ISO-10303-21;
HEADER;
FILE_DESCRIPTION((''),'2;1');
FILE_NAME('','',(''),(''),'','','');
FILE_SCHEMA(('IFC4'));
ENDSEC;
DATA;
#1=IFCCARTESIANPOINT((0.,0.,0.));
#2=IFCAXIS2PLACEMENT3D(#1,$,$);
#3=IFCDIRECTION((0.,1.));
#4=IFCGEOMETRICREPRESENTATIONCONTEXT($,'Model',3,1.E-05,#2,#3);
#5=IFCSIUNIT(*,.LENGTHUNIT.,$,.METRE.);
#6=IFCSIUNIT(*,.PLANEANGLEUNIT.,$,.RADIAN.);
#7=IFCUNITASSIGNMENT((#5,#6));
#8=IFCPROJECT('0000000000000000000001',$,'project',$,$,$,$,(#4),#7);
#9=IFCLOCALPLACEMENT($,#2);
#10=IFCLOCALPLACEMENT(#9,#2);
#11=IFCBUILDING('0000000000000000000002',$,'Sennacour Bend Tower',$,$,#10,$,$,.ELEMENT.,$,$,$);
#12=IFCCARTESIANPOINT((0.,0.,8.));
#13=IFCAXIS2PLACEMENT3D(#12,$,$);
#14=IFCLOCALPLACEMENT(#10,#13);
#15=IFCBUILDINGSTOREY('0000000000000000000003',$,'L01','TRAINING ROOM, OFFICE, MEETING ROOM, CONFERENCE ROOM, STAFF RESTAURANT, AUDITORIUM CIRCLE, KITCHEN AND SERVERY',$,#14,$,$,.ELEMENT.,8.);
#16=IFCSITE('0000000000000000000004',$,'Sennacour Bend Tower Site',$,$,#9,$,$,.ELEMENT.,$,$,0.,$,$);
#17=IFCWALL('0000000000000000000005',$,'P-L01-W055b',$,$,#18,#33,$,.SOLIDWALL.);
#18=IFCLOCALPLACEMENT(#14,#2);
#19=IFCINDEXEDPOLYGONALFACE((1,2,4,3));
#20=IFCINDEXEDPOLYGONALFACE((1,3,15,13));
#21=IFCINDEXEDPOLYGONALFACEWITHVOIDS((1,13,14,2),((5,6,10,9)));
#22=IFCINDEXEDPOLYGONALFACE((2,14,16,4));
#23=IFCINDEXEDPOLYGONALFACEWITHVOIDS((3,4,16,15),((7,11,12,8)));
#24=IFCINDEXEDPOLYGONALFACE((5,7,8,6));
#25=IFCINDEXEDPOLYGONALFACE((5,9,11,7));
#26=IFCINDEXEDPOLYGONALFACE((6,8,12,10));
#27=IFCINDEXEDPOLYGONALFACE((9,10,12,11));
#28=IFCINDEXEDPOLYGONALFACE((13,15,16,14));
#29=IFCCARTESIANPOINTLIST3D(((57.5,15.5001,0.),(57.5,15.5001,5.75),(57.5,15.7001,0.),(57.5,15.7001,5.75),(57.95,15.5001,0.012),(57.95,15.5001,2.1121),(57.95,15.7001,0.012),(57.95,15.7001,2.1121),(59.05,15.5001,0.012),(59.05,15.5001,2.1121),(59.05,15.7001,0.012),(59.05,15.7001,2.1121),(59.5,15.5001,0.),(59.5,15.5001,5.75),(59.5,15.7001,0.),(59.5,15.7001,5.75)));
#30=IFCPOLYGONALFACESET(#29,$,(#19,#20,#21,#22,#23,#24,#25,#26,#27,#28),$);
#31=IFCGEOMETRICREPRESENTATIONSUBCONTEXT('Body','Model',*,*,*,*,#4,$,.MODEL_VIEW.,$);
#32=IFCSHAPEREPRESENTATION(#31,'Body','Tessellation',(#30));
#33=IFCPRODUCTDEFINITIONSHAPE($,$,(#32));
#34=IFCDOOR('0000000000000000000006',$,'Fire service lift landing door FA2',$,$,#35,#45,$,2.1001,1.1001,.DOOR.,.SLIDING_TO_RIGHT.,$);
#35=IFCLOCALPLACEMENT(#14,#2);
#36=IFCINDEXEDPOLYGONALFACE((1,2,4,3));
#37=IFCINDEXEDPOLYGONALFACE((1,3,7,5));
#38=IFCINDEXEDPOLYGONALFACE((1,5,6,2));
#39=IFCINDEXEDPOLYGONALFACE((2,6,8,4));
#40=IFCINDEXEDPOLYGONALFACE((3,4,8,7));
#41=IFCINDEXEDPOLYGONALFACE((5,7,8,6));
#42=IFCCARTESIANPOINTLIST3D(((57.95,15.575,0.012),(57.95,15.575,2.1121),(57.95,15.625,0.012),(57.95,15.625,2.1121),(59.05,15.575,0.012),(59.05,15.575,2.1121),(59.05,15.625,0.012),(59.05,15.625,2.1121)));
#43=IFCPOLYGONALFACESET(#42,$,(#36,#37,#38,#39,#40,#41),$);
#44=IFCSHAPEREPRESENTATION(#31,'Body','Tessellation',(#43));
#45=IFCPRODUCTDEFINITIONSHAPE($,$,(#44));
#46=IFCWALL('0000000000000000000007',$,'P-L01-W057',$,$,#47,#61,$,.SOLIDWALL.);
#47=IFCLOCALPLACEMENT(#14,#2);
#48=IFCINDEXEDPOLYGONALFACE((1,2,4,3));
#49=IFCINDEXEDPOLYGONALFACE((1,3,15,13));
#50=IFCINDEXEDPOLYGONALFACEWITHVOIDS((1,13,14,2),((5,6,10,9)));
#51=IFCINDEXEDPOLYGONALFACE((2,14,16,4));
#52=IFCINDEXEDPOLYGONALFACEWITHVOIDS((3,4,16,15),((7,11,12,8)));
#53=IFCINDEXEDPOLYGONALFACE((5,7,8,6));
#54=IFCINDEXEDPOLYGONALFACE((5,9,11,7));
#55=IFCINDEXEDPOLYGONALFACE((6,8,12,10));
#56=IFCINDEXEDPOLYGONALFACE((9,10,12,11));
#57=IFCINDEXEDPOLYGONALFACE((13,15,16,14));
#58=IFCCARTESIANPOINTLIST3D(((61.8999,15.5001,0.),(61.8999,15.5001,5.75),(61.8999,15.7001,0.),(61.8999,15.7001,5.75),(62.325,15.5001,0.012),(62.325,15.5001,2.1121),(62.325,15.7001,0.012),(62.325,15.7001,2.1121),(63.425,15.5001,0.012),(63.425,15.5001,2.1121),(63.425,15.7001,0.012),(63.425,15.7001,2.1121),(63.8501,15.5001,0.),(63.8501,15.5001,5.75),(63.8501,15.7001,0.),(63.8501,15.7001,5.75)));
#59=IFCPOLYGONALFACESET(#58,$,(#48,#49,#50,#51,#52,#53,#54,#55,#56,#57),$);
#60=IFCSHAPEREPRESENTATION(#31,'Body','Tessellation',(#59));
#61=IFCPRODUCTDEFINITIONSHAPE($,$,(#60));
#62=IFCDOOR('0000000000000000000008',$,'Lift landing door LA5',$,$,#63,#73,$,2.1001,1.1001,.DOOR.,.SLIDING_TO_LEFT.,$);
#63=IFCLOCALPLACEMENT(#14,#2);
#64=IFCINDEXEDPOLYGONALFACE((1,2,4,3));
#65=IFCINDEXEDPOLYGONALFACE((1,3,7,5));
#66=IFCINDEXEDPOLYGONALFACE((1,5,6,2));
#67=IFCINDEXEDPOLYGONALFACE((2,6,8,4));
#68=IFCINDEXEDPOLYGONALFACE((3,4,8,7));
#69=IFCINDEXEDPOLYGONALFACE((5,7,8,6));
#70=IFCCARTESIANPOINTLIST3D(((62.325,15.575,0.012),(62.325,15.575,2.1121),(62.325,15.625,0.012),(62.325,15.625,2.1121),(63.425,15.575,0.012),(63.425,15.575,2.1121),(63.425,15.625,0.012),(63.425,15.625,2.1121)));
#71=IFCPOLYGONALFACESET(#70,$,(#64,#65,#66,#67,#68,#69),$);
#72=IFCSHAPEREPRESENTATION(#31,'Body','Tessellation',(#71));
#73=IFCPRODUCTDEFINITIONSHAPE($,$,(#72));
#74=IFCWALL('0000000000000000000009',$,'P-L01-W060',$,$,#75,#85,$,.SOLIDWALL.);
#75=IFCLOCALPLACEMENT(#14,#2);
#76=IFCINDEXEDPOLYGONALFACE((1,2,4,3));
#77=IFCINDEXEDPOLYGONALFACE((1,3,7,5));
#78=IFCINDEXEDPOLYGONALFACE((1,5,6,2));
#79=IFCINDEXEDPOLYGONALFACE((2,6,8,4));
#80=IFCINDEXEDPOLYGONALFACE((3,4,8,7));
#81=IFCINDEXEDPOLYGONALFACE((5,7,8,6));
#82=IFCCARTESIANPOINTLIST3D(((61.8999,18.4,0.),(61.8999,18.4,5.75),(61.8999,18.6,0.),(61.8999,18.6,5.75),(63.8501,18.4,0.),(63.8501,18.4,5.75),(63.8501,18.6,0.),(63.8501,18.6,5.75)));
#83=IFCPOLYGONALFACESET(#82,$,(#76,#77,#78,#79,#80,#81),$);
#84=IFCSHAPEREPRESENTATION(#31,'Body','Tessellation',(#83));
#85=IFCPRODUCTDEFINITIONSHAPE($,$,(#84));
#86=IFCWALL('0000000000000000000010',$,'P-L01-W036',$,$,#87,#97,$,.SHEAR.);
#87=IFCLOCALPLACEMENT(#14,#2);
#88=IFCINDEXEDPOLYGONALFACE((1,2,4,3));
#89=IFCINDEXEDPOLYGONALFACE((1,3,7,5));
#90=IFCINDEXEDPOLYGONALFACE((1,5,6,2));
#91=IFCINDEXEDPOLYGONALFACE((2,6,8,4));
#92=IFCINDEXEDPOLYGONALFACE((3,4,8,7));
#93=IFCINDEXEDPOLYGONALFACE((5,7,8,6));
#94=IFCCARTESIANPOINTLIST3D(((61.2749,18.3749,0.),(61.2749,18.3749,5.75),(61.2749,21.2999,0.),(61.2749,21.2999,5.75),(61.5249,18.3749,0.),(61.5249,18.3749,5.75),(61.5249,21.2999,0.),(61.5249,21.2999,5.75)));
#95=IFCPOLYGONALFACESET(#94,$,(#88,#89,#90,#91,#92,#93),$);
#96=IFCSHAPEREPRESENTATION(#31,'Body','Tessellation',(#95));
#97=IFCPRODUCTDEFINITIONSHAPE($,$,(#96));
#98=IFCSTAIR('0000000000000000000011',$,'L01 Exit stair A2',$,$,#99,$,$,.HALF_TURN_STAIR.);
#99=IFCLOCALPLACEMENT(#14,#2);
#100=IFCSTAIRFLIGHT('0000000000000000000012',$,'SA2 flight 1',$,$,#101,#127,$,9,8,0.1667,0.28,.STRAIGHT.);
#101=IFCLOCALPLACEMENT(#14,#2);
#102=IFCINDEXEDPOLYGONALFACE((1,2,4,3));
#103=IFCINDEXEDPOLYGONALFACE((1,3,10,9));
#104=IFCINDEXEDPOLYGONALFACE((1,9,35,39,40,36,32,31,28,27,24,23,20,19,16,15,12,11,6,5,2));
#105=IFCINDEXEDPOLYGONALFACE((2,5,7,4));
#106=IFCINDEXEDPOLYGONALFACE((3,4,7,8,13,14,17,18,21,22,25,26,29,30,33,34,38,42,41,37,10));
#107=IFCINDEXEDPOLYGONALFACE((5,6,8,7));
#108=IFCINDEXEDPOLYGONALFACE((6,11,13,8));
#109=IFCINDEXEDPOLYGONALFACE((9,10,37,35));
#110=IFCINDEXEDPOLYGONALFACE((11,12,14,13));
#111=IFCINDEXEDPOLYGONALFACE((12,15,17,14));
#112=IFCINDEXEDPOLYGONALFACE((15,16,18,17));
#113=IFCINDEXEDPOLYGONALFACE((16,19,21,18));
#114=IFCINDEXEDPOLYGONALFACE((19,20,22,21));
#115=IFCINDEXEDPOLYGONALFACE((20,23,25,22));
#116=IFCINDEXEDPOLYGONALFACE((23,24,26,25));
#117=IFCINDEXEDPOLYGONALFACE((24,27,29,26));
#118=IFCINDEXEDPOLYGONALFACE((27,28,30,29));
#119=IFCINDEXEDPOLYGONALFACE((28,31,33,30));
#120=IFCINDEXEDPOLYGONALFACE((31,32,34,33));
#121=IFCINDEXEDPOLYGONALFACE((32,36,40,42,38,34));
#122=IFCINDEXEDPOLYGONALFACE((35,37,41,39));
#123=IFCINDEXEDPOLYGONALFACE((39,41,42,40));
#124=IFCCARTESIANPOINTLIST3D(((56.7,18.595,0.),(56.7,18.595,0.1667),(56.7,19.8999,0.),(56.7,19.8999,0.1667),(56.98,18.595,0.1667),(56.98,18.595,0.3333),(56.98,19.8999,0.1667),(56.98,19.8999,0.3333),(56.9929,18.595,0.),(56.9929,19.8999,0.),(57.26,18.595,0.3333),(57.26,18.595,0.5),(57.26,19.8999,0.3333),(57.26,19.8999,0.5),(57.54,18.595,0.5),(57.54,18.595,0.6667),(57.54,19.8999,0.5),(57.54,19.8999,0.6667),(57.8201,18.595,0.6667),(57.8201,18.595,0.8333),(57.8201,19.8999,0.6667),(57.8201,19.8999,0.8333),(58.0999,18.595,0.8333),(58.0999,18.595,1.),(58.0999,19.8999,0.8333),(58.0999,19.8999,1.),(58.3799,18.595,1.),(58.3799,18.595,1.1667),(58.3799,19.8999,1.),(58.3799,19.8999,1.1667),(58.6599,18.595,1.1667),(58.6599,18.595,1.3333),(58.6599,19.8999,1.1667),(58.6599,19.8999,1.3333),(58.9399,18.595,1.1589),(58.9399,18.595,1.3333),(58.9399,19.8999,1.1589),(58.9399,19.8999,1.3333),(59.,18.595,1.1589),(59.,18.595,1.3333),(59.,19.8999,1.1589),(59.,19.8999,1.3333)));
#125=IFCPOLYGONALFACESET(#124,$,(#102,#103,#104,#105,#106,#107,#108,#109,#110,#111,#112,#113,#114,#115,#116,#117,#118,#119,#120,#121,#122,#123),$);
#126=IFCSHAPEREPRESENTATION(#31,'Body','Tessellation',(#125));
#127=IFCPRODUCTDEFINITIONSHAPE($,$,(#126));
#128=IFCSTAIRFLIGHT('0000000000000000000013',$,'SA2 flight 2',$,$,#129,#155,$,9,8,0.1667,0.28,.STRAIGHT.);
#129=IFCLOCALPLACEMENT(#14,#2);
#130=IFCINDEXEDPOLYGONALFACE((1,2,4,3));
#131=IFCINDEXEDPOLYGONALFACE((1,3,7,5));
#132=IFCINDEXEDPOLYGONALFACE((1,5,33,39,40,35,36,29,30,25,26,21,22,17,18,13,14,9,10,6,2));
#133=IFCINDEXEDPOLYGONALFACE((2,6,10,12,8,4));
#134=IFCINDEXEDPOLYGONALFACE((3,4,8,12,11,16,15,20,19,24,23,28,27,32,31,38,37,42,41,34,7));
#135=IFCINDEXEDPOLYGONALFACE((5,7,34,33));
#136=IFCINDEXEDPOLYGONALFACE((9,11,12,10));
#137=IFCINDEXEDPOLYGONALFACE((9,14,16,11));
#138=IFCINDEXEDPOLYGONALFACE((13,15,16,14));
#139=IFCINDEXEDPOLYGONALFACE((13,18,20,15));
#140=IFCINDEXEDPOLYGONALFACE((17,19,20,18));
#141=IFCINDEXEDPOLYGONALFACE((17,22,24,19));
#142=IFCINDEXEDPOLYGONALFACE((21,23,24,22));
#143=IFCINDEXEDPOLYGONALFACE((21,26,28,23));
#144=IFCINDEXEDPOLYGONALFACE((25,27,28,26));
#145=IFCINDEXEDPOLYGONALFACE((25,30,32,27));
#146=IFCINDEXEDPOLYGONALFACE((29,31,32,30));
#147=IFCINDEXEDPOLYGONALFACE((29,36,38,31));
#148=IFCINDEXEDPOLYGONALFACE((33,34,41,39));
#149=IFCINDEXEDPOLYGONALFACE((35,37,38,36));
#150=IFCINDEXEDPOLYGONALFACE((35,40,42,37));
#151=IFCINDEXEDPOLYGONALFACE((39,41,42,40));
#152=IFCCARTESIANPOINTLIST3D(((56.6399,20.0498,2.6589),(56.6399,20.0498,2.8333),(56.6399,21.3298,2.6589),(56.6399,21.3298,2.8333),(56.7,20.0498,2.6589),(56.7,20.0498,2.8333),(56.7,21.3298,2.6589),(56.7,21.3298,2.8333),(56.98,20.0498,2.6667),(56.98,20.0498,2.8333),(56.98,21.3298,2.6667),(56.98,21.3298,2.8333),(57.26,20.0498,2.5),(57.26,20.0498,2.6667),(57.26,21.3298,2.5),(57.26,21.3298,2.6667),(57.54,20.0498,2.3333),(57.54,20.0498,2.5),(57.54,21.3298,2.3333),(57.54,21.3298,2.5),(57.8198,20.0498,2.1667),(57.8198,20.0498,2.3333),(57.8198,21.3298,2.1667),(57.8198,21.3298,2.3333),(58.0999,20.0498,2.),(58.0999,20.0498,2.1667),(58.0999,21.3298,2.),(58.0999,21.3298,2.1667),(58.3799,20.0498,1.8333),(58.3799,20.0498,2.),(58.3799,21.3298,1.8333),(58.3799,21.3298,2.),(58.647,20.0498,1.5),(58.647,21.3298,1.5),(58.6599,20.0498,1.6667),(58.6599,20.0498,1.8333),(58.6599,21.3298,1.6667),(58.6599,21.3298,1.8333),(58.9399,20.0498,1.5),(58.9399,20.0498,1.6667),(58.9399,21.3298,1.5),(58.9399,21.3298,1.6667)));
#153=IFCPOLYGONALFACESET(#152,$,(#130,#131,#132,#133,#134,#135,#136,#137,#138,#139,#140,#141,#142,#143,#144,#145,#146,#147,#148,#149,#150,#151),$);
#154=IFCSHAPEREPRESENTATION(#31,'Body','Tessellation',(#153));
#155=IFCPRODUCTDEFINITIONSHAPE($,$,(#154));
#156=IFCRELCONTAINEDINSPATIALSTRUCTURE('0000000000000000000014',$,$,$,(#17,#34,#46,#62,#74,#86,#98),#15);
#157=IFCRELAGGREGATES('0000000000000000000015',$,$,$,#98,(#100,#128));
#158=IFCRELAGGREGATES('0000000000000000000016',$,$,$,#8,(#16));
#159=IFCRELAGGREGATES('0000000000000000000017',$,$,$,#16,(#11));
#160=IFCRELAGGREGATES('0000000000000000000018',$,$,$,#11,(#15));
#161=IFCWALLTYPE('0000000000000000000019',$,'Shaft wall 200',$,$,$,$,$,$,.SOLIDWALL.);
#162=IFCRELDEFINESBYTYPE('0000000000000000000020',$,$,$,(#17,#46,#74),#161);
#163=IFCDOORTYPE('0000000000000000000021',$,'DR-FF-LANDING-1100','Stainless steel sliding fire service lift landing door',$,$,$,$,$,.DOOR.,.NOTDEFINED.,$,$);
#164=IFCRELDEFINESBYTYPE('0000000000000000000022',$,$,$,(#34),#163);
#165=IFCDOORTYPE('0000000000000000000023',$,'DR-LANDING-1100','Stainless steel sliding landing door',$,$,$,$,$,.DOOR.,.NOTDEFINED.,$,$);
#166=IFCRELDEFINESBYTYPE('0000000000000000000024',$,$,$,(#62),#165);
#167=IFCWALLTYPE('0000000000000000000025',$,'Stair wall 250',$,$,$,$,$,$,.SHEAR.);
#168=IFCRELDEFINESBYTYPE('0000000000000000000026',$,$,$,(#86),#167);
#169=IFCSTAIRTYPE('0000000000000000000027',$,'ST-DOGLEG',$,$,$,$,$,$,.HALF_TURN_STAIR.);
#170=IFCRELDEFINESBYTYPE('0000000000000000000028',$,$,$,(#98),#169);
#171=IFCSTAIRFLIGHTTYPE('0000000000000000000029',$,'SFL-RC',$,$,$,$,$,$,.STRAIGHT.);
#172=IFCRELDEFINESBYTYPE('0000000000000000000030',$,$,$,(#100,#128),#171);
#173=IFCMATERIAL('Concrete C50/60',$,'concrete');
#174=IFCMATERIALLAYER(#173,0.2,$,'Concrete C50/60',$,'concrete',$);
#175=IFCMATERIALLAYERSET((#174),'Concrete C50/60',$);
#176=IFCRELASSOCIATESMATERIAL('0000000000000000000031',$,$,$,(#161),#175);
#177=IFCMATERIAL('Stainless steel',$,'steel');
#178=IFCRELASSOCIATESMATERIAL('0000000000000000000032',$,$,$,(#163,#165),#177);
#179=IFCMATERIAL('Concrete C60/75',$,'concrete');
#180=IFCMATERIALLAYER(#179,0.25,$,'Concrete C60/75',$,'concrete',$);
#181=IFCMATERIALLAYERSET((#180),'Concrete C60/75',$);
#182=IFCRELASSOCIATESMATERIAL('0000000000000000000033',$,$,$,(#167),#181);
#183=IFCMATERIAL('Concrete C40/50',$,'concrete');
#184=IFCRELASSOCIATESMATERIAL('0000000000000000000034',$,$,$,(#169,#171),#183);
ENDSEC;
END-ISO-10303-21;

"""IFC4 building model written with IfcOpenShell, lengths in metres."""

from ifc_helpers import new_model, si_unit, direction, frame, frame_2d, origin, place, context, subcontext, project, spatial, polyline, rectangle, outline, extrude, material, layer, layer_set, type_object, element, fill, aggregate, save


model = new_model("IFC4")

# Units and contexts
model_context = context("Model", 3, precision=1e-05, world=origin(), true_north=direction((0.0, 1.0)))
body_context = subcontext(model_context, "Body", "Model", "MODEL_VIEW")
ifc_project = project(units=[si_unit("LENGTHUNIT", "METRE"), si_unit("PLANEANGLEUNIT", "RADIAN")], contexts=[model_context])

# Site, building, storey
site_placement = place(None, origin())
site = spatial("IfcSite", under=ifc_project, at=site_placement, Name="Sennacour Bend Tower Site", CompositionType="ELEMENT", RefElevation=0.0)
building_placement = place(site_placement, origin())
building = spatial("IfcBuilding", under=site, at=building_placement, Name="Sennacour Bend Tower", CompositionType="ELEMENT")
storey_placement = place(building_placement, frame((0.0, 0.0, 8.0)))
storey = spatial("IfcBuildingStorey", under=building, at=storey_placement, Name="L01", Description="TRAINING ROOM, OFFICE, MEETING ROOM, CONFERENCE ROOM, STAFF RESTAURANT, AUDITORIUM CIRCLE, KITCHEN AND SERVERY", CompositionType="ELEMENT", Elevation=8.0)

# Shared definitions
ifc_material_1 = material(Name="Concrete C50/60", Category="concrete")
ifc_layer_1 = layer(ifc_material_1, 0.2, Name="Concrete C50/60", Category="concrete")
ifc_layer_set_1 = layer_set([ifc_layer_1], Name="Concrete C50/60")
wall_type_1 = type_object("IfcWallType", Name="Shaft wall 200", PredefinedType="SOLIDWALL", material=ifc_layer_set_1)

# Walls, openings, doors
wall_1_placement = place(storey_placement, frame((57.5, 15.6001, 0.0), z_axis=(0.0, 0.0, 1.0), x_axis=(1.0, 0.0, 0.0)))
wall_1 = element("IfcWall", 1, at=wall_1_placement, inside=storey, type_object=wall_type_1, Name="P-L01-W055b", PredefinedType="SOLIDWALL", context=body_context, shape_type="SweptSolid", body=[
    extrude(rectangle(XDim=2.0, YDim=0.2, at=frame_2d((1.0, 0.0))), origin(), (0.0, 0.0, 1.0), 5.75),
])
opening_1_placement = place(wall_1_placement, frame((0.45, 0.0, 0.012)))
opening_1 = element("IfcOpeningElement", 2, at=opening_1_placement, cuts=wall_1, PredefinedType="OPENING", context=body_context, shape_type="SweptSolid", body=[
    extrude(rectangle(XDim=1.1001, YDim=2.1001, at=frame_2d((0.55, 1.05))), frame((0.0, 0.1099, 0.0), z_axis=(0.0, -1.0, 0.0), x_axis=(1.0, 0.0, 0.0)), (0.0, 0.0, 1.0), 0.22),
])
ifc_material_2 = material(Name="Stainless steel", Category="steel")
door_type_1 = type_object("IfcDoorType", Name="DR-FF-LANDING-1100", Description="Stainless steel sliding fire service lift landing door", OperationType="NOTDEFINED", PredefinedType="DOOR", material=ifc_material_2)
door_1_placement = place(opening_1_placement, origin())
door_1 = element("IfcDoor", 3, at=door_1_placement, inside=storey, type_object=door_type_1, Name="Fire service lift landing door FA2", OperationType="SLIDING_TO_RIGHT", OverallHeight=2.1001, OverallWidth=1.1001, PredefinedType="DOOR", context=body_context, shape_type="SweptSolid", body=[
    extrude(rectangle(XDim=1.1001, YDim=2.1001, at=frame_2d((0.55, 1.05))), frame((0.0, 0.0249, 0.0), z_axis=(0.0, -1.0, 0.0), x_axis=(1.0, 0.0, 0.0)), (0.0, 0.0, 1.0), 0.05),
])
fill(opening_1, door_1)
wall_2_placement = place(storey_placement, frame((61.8999, 15.6001, 0.0), z_axis=(0.0, 0.0, 1.0), x_axis=(1.0, 0.0, 0.0)))
wall_2 = element("IfcWall", 4, at=wall_2_placement, inside=storey, type_object=wall_type_1, Name="P-L01-W057", PredefinedType="SOLIDWALL", context=body_context, shape_type="SweptSolid", body=[
    extrude(rectangle(XDim=1.9502, YDim=0.2, at=frame_2d((0.9751, 0.0))), origin(), (0.0, 0.0, 1.0), 5.75),
])
opening_2_placement = place(wall_2_placement, frame((0.425, 0.0, 0.012)))
opening_2 = element("IfcOpeningElement", 5, at=opening_2_placement, cuts=wall_2, PredefinedType="OPENING", context=body_context, shape_type="SweptSolid", body=[
    extrude(rectangle(XDim=1.1001, YDim=2.1001, at=frame_2d((0.55, 1.05))), frame((0.0, 0.1099, 0.0), z_axis=(0.0, -1.0, 0.0), x_axis=(1.0, 0.0, 0.0)), (0.0, 0.0, 1.0), 0.22),
])
door_type_2 = type_object("IfcDoorType", Name="DR-LANDING-1100", Description="Stainless steel sliding landing door", OperationType="NOTDEFINED", PredefinedType="DOOR", material=ifc_material_2)
door_2_placement = place(opening_2_placement, origin())
door_2 = element("IfcDoor", 6, at=door_2_placement, inside=storey, type_object=door_type_2, Name="Lift landing door LA5", OperationType="SLIDING_TO_LEFT", OverallHeight=2.1001, OverallWidth=1.1001, PredefinedType="DOOR", context=body_context, shape_type="SweptSolid", body=[
    extrude(rectangle(XDim=1.1001, YDim=2.1001, at=frame_2d((0.55, 1.05))), frame((0.0, 0.0249, 0.0), z_axis=(0.0, -1.0, 0.0), x_axis=(1.0, 0.0, 0.0)), (0.0, 0.0, 1.0), 0.05),
])
fill(opening_2, door_2)

# Walls
wall_3_placement = place(storey_placement, frame((61.8999, 18.5, 0.0), z_axis=(0.0, 0.0, 1.0), x_axis=(1.0, 0.0, 0.0)))
element("IfcWall", 7, at=wall_3_placement, inside=storey, type_object=wall_type_1, Name="P-L01-W060", PredefinedType="SOLIDWALL", context=body_context, shape_type="SweptSolid", body=[
    extrude(rectangle(XDim=1.9502, YDim=0.2, at=frame_2d((0.9751, 0.0))), origin(), (0.0, 0.0, 1.0), 5.75),
])
ifc_material_3 = material(Name="Concrete C60/75", Category="concrete")
ifc_layer_2 = layer(ifc_material_3, 0.25, Name="Concrete C60/75", Category="concrete")
ifc_layer_set_2 = layer_set([ifc_layer_2], Name="Concrete C60/75")
wall_type_2 = type_object("IfcWallType", Name="Stair wall 250", PredefinedType="SHEAR", material=ifc_layer_set_2)
wall_4_placement = place(storey_placement, frame((61.3999, 18.375, 0.0), z_axis=(0.0, 0.0, 1.0), x_axis=(0.0, 1.0, 0.0)))
element("IfcWall", 8, at=wall_4_placement, inside=storey, type_object=wall_type_2, Name="P-L01-W036", PredefinedType="SHEAR", context=body_context, shape_type="SweptSolid", body=[
    extrude(rectangle(XDim=2.925, YDim=0.25, at=frame_2d((1.4624, 0.0))), origin(), (0.0, 0.0, 1.0), 5.75),
])

# Stair, stair flights
ifc_material_4 = material(Name="Concrete C40/50", Category="concrete")
stair_type = type_object("IfcStairType", Name="ST-DOGLEG", PredefinedType="HALF_TURN_STAIR", material=ifc_material_4)
stair_placement = place(storey_placement, origin())
stair = element("IfcStair", 9, at=stair_placement, inside=storey, type_object=stair_type, Name="L01 Exit stair A2", PredefinedType="HALF_TURN_STAIR")
stair_flight_type = type_object("IfcStairFlightType", Name="SFL-RC", PredefinedType="STRAIGHT", material=ifc_material_4)
stair_flight_1_placement = place(storey_placement, frame((56.7, 19.2476, 0.0), z_axis=(0.0, 0.0, 1.0), x_axis=(1.0, 0.0, 0.0)))
stair_flight_1 = element("IfcStairFlight", 10, at=stair_flight_1_placement, type_object=stair_flight_type, Name="SA2 flight 1", NumberOfRisers=9, NumberOfTreads=8, PredefinedType="STRAIGHT", RiserHeight=0.1667, TreadLength=0.28, context=body_context, shape_type="SweptSolid", body=[
    extrude(outline(polyline([(0.0, 0.0), (0.0, 0.1667), (0.28, 0.1667), (0.28, 0.3333), (0.5601, 0.3333), (0.5601, 0.5), (0.8401, 0.5), (0.8401, 0.6667), (1.1201, 0.6667), (1.1201, 0.8333), (1.3999, 0.8333), (1.3999, 1.0), (1.6799, 1.0), (1.6799, 1.1667), (1.96, 1.1667), (1.96, 1.3333), (2.24, 1.3333), (2.3, 1.3333), (2.3, 1.1589), (2.24, 1.1589), (0.293, 0.0), (0.0, 0.0)])), frame((0.0, 0.6523, 0.0), z_axis=(0.0, -1.0, 0.0), x_axis=(1.0, 0.0, 0.0)), (0.0, 0.0, 1.0), 1.3049),
])
stair_flight_2_placement = place(storey_placement, frame((58.9399, 20.6899, 1.5), z_axis=(0.0, 0.0, 1.0), x_axis=(-1.0, 0.0, 0.0)))
stair_flight_2 = element("IfcStairFlight", 11, at=stair_flight_2_placement, type_object=stair_flight_type, Name="SA2 flight 2", NumberOfRisers=9, NumberOfTreads=8, PredefinedType="STRAIGHT", RiserHeight=0.1667, TreadLength=0.28, context=body_context, shape_type="SweptSolid", body=[
    extrude(outline(polyline([(0.0, 0.0), (0.0, 0.1667), (0.28, 0.1667), (0.28, 0.3333), (0.5601, 0.3333), (0.5601, 0.5), (0.8401, 0.5), (0.8401, 0.6667), (1.1201, 0.6667), (1.1201, 0.8333), (1.3999, 0.8333), (1.3999, 1.0), (1.6799, 1.0), (1.6799, 1.1667), (1.96, 1.1667), (1.96, 1.3333), (2.24, 1.3333), (2.3, 1.3333), (2.3, 1.1589), (2.24, 1.1589), (0.293, 0.0), (0.0, 0.0)])), frame((0.0, 0.6401, 0.0), z_axis=(0.0, -1.0, 0.0), x_axis=(1.0, 0.0, 0.0)), (0.0, 0.0, 1.0), 1.28),
])
aggregate(stair, [stair_flight_1, stair_flight_2])

save(model, "model.ifc")
